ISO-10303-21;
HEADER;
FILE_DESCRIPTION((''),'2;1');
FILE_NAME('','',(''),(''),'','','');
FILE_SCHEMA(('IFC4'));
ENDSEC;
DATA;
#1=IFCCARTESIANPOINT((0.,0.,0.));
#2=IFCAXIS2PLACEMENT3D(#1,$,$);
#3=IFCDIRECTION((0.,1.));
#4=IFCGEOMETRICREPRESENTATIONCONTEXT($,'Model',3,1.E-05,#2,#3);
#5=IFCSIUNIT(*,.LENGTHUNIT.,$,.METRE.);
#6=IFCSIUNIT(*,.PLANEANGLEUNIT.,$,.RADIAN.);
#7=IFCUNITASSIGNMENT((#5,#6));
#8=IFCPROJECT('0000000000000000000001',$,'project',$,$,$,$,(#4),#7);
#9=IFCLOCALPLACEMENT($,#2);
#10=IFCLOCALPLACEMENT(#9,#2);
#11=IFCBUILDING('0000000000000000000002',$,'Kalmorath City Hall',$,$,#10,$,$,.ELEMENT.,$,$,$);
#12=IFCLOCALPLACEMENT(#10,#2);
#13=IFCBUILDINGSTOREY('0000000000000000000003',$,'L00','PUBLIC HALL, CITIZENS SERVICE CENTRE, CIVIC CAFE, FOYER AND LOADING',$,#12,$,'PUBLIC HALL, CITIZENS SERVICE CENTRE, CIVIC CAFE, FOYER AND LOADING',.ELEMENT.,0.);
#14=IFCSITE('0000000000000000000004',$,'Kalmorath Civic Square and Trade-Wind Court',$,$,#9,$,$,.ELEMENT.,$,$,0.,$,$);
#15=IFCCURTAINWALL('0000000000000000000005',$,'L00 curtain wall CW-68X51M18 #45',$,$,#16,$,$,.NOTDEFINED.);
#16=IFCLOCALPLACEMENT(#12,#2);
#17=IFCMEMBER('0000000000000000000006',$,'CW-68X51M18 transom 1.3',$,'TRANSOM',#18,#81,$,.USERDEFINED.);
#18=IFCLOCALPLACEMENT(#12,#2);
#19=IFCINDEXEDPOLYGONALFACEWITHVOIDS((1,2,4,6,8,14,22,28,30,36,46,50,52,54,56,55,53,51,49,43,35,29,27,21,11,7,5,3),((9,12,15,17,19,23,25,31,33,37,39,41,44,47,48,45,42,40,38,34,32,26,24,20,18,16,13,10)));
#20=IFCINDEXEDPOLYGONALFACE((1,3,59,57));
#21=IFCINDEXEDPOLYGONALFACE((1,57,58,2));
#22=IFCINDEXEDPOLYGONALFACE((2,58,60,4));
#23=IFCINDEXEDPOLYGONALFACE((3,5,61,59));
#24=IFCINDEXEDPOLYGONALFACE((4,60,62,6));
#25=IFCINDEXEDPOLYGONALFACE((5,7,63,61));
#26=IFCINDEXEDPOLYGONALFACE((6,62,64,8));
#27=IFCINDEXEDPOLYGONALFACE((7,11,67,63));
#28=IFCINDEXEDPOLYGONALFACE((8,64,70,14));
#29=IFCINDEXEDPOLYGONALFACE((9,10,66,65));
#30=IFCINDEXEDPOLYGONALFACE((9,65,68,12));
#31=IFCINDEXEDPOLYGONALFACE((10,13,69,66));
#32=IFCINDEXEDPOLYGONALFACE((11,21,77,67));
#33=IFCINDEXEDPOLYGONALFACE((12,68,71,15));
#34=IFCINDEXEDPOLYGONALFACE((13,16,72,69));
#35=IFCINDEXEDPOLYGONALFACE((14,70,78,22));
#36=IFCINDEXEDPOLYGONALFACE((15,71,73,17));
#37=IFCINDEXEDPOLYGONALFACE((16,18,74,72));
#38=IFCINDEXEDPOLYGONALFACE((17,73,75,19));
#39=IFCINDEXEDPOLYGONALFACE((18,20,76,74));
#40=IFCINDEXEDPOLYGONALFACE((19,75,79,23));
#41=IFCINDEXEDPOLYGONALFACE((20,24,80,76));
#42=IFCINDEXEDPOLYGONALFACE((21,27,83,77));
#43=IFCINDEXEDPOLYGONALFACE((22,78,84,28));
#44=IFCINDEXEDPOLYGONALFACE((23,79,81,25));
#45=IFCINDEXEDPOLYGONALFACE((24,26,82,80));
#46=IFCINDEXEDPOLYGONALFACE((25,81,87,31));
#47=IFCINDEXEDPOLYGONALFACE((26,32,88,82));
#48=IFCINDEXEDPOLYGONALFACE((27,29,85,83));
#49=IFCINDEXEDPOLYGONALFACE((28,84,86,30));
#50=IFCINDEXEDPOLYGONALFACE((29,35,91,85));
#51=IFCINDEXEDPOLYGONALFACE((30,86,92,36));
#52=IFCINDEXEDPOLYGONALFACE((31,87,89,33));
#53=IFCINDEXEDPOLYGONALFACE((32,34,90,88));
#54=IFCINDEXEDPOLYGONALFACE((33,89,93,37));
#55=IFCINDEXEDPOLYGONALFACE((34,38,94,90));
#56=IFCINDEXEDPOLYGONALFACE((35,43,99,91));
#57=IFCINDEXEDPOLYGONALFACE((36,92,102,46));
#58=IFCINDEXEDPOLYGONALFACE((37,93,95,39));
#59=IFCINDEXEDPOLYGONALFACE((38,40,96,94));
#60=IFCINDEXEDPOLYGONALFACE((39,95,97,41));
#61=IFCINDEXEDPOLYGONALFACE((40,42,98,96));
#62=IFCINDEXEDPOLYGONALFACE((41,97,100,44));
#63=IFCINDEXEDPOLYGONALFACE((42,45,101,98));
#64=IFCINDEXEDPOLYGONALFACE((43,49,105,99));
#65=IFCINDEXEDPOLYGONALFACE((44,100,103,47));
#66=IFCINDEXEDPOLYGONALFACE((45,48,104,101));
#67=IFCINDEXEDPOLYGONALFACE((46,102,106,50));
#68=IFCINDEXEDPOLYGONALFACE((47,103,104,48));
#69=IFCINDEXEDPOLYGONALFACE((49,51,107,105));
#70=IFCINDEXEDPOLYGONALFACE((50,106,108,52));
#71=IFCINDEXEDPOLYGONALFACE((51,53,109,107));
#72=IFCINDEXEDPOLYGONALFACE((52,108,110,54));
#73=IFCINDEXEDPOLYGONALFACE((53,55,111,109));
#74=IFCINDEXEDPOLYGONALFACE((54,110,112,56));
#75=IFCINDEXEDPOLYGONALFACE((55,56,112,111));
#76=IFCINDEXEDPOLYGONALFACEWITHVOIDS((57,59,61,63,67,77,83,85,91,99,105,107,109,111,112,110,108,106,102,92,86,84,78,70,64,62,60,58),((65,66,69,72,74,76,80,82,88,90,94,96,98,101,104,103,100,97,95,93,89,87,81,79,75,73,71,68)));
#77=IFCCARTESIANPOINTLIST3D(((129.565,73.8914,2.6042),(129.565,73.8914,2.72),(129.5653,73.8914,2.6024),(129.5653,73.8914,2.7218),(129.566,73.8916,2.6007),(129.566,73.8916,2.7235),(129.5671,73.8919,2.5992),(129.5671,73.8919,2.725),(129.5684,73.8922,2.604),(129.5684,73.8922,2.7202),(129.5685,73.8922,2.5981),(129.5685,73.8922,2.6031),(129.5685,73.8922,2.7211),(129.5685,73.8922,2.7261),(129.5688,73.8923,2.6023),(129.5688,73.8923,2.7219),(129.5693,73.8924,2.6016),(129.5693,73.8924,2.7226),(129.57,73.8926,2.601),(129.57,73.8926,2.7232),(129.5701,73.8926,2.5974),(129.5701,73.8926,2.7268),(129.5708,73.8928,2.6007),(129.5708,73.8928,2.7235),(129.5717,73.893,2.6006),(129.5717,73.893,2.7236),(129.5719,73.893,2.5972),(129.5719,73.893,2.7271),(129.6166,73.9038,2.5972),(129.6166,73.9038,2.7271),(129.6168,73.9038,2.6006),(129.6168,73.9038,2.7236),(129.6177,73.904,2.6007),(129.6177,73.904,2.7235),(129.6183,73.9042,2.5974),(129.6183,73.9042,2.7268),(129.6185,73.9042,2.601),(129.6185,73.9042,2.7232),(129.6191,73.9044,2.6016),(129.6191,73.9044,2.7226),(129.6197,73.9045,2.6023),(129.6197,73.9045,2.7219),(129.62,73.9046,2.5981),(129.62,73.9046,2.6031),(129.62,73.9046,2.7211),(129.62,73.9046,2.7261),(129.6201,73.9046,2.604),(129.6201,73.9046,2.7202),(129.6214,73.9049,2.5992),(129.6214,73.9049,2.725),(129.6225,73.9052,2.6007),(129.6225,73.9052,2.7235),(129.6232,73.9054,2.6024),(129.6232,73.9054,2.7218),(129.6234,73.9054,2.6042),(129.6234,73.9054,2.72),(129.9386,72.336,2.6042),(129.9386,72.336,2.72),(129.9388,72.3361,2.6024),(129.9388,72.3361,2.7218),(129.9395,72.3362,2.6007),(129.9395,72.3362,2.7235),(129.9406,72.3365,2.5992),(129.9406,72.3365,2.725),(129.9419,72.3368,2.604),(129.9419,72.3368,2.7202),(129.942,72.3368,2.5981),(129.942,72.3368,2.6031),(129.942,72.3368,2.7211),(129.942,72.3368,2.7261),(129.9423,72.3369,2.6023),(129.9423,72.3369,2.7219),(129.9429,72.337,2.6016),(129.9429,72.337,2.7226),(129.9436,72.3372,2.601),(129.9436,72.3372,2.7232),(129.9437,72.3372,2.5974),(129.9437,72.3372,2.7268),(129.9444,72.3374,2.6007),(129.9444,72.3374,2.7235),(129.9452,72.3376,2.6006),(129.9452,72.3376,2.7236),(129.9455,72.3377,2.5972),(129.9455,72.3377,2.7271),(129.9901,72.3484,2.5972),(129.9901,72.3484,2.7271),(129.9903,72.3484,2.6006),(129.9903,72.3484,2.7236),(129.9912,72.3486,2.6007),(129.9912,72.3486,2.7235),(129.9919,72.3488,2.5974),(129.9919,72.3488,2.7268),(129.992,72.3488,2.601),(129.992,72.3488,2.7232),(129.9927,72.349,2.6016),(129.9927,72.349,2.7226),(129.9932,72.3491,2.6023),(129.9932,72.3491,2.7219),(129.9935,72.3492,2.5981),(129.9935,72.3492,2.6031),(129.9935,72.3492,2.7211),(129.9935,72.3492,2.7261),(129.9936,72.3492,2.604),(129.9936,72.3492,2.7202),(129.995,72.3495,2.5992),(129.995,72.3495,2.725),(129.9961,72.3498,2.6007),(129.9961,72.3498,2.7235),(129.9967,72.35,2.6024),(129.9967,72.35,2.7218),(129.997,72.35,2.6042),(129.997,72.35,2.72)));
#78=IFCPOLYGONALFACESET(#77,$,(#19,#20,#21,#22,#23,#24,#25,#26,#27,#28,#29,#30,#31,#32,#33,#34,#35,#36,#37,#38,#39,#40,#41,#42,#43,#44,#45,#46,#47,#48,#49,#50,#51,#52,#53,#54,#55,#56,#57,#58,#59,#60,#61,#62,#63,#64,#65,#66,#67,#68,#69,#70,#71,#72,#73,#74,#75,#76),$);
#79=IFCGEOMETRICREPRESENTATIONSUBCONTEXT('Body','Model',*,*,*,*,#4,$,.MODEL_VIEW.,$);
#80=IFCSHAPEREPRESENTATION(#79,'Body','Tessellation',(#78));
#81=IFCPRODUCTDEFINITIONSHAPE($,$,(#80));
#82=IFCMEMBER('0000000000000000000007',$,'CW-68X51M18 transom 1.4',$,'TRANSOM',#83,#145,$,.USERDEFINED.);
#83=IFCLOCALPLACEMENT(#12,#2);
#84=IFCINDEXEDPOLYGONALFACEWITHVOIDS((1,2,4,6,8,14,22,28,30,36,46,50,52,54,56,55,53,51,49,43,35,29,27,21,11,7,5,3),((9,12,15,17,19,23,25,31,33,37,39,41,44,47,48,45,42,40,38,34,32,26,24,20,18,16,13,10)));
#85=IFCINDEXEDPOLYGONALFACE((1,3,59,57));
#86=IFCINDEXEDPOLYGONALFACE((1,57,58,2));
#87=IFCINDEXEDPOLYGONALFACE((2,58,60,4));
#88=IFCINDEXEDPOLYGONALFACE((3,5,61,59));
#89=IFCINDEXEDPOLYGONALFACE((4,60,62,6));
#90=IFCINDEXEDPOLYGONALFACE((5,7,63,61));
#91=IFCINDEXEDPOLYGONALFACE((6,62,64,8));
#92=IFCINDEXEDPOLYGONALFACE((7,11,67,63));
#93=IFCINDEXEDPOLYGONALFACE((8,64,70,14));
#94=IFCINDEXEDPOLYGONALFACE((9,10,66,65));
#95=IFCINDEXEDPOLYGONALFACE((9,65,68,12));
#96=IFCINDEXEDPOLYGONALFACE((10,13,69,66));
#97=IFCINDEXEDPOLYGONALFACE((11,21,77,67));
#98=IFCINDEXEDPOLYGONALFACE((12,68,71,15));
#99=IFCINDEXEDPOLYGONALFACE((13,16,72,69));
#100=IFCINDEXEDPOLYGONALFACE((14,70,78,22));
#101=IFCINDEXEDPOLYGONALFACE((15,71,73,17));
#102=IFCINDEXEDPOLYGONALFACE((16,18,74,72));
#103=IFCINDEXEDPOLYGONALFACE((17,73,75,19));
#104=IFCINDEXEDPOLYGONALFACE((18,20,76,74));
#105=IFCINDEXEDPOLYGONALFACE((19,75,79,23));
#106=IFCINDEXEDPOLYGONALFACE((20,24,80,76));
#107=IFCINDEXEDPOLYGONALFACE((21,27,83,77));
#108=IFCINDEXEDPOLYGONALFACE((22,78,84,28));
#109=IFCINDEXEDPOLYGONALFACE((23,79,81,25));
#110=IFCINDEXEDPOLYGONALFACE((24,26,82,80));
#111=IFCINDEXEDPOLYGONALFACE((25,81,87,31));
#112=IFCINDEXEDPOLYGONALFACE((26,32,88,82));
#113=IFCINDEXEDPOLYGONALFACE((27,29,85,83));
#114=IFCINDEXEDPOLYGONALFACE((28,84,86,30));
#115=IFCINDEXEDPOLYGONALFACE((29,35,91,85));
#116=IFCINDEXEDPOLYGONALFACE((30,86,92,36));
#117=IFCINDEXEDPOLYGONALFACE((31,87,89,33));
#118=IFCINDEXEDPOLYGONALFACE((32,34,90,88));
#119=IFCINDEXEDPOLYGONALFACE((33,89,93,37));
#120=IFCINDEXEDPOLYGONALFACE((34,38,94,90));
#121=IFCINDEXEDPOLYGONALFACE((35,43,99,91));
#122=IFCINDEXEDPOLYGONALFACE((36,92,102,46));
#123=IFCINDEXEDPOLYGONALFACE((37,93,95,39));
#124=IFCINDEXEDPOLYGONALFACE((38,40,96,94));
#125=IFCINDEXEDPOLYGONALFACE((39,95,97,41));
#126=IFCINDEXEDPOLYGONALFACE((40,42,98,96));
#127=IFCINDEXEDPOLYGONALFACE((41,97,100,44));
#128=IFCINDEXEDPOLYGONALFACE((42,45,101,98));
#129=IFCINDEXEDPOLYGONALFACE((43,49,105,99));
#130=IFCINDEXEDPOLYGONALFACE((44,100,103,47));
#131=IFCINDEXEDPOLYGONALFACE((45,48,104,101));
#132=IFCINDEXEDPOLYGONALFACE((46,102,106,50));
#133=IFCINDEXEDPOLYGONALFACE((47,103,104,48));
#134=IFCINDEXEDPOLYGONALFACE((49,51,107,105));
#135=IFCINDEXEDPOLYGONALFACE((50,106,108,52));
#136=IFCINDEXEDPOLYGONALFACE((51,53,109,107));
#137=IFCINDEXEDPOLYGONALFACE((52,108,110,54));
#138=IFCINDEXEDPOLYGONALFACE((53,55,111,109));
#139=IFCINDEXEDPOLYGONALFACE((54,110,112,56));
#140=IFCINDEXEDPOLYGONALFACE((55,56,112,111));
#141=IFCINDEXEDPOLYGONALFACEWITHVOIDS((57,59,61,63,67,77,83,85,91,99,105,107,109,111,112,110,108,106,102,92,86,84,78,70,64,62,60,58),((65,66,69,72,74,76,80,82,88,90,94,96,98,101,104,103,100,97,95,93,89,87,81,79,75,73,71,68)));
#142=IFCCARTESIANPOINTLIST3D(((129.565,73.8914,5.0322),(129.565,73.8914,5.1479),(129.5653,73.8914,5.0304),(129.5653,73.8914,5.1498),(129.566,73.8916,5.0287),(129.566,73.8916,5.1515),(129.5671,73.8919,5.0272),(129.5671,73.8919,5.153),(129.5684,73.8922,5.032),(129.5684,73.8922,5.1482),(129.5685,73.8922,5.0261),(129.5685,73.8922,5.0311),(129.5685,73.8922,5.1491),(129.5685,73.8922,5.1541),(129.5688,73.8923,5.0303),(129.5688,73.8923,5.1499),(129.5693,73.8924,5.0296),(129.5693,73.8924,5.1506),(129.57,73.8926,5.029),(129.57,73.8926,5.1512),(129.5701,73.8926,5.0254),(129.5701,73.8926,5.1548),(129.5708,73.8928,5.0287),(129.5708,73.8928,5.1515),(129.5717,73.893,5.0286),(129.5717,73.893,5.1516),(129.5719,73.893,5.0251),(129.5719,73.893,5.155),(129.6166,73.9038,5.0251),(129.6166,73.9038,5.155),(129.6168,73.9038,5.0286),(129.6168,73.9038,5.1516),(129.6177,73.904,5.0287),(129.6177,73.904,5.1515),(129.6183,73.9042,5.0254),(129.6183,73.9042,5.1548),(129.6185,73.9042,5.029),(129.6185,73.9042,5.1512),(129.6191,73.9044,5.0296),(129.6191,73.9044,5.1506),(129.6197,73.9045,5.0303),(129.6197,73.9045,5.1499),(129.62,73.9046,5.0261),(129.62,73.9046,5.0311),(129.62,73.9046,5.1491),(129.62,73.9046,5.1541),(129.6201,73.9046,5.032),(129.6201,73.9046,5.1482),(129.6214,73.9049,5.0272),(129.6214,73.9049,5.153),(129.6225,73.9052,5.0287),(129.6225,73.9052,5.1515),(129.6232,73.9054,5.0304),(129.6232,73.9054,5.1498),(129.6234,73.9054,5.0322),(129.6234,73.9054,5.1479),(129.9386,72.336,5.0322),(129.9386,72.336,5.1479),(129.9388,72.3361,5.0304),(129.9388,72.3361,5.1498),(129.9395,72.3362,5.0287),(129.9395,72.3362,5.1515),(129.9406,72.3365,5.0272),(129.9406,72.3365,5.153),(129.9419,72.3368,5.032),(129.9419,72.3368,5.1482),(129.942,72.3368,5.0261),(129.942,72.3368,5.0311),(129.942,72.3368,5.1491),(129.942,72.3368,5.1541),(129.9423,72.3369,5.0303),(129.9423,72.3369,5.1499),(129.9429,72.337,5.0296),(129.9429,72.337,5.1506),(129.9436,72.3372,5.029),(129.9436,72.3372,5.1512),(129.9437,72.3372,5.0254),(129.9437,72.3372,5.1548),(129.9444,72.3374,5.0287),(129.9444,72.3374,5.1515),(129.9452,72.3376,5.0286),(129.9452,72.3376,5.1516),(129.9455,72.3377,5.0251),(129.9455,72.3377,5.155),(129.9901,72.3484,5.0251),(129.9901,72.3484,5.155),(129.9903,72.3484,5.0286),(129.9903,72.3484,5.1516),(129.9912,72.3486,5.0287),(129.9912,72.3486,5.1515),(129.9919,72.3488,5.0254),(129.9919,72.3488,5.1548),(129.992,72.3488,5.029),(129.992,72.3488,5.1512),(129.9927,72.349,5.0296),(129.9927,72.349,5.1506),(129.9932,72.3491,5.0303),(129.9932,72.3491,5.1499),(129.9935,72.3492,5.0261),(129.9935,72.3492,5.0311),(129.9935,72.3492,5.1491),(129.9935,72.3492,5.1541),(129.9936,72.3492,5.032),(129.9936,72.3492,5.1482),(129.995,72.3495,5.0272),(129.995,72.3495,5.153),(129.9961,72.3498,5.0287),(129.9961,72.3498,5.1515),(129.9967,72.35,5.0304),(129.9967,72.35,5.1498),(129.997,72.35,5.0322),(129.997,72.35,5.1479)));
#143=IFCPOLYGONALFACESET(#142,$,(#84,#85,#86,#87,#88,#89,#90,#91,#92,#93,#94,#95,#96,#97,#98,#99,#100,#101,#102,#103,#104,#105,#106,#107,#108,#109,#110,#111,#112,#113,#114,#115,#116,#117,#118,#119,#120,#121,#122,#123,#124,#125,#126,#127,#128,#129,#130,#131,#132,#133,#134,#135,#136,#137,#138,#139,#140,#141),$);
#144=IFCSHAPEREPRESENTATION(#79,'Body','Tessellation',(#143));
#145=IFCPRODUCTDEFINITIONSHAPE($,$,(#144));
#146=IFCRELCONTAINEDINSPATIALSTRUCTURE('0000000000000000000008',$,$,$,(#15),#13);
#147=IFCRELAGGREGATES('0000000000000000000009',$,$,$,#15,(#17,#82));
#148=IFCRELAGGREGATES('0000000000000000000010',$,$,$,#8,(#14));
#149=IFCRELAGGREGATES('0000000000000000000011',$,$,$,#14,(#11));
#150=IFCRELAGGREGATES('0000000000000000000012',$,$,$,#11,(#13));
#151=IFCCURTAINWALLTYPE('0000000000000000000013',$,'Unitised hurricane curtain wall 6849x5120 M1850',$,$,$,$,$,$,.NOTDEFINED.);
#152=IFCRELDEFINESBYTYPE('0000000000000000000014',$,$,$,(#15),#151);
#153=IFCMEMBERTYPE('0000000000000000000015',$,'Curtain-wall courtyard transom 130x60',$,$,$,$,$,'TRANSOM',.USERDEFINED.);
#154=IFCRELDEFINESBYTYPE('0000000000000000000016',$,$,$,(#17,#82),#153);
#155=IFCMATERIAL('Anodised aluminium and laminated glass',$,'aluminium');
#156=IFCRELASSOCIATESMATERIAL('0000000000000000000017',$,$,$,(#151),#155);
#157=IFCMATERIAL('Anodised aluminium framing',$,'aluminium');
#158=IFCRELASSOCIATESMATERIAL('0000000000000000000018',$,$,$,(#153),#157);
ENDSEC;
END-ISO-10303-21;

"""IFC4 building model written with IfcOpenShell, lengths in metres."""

from ifc_helpers import new_model, si_unit, direction, frame, origin, origin_2d, place, context, subcontext, project, spatial, hollow_rectangle, extrude, material, material_profile, profile_set, type_object, element, aggregate, save


model = new_model("IFC4")

# Units and contexts
model_context = context("Model", 3, precision=1e-05, world=origin(), true_north=direction((0.0, 1.0)))
body_context = subcontext(model_context, "Body", "Model", "MODEL_VIEW")
ifc_project = project(units=[si_unit("LENGTHUNIT", "METRE"), si_unit("PLANEANGLEUNIT", "RADIAN")], contexts=[model_context])

# Site, building, storey
site_placement = place(None, origin())
site = spatial("IfcSite", under=ifc_project, at=site_placement, Name="Kalmorath Civic Square and Trade-Wind Court", CompositionType="ELEMENT", RefElevation=0.0)
building_placement = place(site_placement, origin())
building = spatial("IfcBuilding", under=site, at=building_placement, Name="Kalmorath City Hall", CompositionType="ELEMENT")
storey_placement = place(building_placement, origin())
storey = spatial("IfcBuildingStorey", under=building, at=storey_placement, Name="L00", Description="PUBLIC HALL, CITIZENS SERVICE CENTRE, CIVIC CAFE, FOYER AND LOADING", LongName="PUBLIC HALL, CITIZENS SERVICE CENTRE, CIVIC CAFE, FOYER AND LOADING", CompositionType="ELEMENT", Elevation=0.0)

# Curtain wall, members
ifc_material_1 = material(Name="Anodised aluminium and laminated glass", Category="aluminium")
curtain_wall_type = type_object("IfcCurtainWallType", Name="Unitised hurricane curtain wall 6849x5120 M1850", PredefinedType="NOTDEFINED", material=ifc_material_1)
ifc_material_2 = material(Name="Anodised aluminium framing", Category="aluminium")
ifc_material_profile_1 = material_profile(ifc_material_2, hollow_rectangle(XDim=0.0601, YDim=0.1299, WallThickness=0.0034, InnerFilletRadius=0.0034, OuterFilletRadius=0.0071, at=origin_2d()), Name="ALU-TRN-130X60X3.5")
ifc_profile_set_1 = profile_set([ifc_material_profile_1], Name="Anodised aluminium framing")
member_type_1 = type_object("IfcMemberType", Name="Curtain-wall courtyard transom 130x60", ElementType="TRANSOM", PredefinedType="USERDEFINED", material=ifc_profile_set_1)
curtain_wall_1_placement = place(storey_placement, origin())
curtain_wall_1 = element("IfcCurtainWall", 1, at=curtain_wall_1_placement, inside=storey, type_object=curtain_wall_type, Name="L00 curtain wall CW-68X51M18 #45", PredefinedType="NOTDEFINED")
member_1_placement = place(storey_placement, frame((129.9678, 72.343, 2.6621), z_axis=(-0.233511, 0.972354, 0.0), x_axis=(-0.972354, -0.233511, 0.0)))
member_1 = element("IfcMember", 2, at=member_1_placement, type_object=member_type_1, Name="CW-68X51M18 transom 1.3", ObjectType="TRANSOM", PredefinedType="USERDEFINED", context=body_context, shape_type="SweptSolid", body=[
    extrude(hollow_rectangle(XDim=0.0601, YDim=0.1299, WallThickness=0.0034, InnerFilletRadius=0.0034, OuterFilletRadius=0.0071, at=origin_2d()), origin(), (0.0, 0.0, 1.0), 1.5996),
])
member_2_placement = place(storey_placement, frame((129.9678, 72.343, 5.0901), z_axis=(-0.233511, 0.972354, 0.0), x_axis=(-0.972354, -0.233511, 0.0)))
member_2 = element("IfcMember", 3, at=member_2_placement, type_object=member_type_1, Name="CW-68X51M18 transom 1.4", ObjectType="TRANSOM", PredefinedType="USERDEFINED", context=body_context, shape_type="SweptSolid", body=[
    extrude(hollow_rectangle(XDim=0.0601, YDim=0.1299, WallThickness=0.0034, InnerFilletRadius=0.0034, OuterFilletRadius=0.0071, at=origin_2d()), origin(), (0.0, 0.0, 1.0), 1.5996),
])

aggregate(curtain_wall_1, [member_1, member_2])

save(model, "model.ifc")
